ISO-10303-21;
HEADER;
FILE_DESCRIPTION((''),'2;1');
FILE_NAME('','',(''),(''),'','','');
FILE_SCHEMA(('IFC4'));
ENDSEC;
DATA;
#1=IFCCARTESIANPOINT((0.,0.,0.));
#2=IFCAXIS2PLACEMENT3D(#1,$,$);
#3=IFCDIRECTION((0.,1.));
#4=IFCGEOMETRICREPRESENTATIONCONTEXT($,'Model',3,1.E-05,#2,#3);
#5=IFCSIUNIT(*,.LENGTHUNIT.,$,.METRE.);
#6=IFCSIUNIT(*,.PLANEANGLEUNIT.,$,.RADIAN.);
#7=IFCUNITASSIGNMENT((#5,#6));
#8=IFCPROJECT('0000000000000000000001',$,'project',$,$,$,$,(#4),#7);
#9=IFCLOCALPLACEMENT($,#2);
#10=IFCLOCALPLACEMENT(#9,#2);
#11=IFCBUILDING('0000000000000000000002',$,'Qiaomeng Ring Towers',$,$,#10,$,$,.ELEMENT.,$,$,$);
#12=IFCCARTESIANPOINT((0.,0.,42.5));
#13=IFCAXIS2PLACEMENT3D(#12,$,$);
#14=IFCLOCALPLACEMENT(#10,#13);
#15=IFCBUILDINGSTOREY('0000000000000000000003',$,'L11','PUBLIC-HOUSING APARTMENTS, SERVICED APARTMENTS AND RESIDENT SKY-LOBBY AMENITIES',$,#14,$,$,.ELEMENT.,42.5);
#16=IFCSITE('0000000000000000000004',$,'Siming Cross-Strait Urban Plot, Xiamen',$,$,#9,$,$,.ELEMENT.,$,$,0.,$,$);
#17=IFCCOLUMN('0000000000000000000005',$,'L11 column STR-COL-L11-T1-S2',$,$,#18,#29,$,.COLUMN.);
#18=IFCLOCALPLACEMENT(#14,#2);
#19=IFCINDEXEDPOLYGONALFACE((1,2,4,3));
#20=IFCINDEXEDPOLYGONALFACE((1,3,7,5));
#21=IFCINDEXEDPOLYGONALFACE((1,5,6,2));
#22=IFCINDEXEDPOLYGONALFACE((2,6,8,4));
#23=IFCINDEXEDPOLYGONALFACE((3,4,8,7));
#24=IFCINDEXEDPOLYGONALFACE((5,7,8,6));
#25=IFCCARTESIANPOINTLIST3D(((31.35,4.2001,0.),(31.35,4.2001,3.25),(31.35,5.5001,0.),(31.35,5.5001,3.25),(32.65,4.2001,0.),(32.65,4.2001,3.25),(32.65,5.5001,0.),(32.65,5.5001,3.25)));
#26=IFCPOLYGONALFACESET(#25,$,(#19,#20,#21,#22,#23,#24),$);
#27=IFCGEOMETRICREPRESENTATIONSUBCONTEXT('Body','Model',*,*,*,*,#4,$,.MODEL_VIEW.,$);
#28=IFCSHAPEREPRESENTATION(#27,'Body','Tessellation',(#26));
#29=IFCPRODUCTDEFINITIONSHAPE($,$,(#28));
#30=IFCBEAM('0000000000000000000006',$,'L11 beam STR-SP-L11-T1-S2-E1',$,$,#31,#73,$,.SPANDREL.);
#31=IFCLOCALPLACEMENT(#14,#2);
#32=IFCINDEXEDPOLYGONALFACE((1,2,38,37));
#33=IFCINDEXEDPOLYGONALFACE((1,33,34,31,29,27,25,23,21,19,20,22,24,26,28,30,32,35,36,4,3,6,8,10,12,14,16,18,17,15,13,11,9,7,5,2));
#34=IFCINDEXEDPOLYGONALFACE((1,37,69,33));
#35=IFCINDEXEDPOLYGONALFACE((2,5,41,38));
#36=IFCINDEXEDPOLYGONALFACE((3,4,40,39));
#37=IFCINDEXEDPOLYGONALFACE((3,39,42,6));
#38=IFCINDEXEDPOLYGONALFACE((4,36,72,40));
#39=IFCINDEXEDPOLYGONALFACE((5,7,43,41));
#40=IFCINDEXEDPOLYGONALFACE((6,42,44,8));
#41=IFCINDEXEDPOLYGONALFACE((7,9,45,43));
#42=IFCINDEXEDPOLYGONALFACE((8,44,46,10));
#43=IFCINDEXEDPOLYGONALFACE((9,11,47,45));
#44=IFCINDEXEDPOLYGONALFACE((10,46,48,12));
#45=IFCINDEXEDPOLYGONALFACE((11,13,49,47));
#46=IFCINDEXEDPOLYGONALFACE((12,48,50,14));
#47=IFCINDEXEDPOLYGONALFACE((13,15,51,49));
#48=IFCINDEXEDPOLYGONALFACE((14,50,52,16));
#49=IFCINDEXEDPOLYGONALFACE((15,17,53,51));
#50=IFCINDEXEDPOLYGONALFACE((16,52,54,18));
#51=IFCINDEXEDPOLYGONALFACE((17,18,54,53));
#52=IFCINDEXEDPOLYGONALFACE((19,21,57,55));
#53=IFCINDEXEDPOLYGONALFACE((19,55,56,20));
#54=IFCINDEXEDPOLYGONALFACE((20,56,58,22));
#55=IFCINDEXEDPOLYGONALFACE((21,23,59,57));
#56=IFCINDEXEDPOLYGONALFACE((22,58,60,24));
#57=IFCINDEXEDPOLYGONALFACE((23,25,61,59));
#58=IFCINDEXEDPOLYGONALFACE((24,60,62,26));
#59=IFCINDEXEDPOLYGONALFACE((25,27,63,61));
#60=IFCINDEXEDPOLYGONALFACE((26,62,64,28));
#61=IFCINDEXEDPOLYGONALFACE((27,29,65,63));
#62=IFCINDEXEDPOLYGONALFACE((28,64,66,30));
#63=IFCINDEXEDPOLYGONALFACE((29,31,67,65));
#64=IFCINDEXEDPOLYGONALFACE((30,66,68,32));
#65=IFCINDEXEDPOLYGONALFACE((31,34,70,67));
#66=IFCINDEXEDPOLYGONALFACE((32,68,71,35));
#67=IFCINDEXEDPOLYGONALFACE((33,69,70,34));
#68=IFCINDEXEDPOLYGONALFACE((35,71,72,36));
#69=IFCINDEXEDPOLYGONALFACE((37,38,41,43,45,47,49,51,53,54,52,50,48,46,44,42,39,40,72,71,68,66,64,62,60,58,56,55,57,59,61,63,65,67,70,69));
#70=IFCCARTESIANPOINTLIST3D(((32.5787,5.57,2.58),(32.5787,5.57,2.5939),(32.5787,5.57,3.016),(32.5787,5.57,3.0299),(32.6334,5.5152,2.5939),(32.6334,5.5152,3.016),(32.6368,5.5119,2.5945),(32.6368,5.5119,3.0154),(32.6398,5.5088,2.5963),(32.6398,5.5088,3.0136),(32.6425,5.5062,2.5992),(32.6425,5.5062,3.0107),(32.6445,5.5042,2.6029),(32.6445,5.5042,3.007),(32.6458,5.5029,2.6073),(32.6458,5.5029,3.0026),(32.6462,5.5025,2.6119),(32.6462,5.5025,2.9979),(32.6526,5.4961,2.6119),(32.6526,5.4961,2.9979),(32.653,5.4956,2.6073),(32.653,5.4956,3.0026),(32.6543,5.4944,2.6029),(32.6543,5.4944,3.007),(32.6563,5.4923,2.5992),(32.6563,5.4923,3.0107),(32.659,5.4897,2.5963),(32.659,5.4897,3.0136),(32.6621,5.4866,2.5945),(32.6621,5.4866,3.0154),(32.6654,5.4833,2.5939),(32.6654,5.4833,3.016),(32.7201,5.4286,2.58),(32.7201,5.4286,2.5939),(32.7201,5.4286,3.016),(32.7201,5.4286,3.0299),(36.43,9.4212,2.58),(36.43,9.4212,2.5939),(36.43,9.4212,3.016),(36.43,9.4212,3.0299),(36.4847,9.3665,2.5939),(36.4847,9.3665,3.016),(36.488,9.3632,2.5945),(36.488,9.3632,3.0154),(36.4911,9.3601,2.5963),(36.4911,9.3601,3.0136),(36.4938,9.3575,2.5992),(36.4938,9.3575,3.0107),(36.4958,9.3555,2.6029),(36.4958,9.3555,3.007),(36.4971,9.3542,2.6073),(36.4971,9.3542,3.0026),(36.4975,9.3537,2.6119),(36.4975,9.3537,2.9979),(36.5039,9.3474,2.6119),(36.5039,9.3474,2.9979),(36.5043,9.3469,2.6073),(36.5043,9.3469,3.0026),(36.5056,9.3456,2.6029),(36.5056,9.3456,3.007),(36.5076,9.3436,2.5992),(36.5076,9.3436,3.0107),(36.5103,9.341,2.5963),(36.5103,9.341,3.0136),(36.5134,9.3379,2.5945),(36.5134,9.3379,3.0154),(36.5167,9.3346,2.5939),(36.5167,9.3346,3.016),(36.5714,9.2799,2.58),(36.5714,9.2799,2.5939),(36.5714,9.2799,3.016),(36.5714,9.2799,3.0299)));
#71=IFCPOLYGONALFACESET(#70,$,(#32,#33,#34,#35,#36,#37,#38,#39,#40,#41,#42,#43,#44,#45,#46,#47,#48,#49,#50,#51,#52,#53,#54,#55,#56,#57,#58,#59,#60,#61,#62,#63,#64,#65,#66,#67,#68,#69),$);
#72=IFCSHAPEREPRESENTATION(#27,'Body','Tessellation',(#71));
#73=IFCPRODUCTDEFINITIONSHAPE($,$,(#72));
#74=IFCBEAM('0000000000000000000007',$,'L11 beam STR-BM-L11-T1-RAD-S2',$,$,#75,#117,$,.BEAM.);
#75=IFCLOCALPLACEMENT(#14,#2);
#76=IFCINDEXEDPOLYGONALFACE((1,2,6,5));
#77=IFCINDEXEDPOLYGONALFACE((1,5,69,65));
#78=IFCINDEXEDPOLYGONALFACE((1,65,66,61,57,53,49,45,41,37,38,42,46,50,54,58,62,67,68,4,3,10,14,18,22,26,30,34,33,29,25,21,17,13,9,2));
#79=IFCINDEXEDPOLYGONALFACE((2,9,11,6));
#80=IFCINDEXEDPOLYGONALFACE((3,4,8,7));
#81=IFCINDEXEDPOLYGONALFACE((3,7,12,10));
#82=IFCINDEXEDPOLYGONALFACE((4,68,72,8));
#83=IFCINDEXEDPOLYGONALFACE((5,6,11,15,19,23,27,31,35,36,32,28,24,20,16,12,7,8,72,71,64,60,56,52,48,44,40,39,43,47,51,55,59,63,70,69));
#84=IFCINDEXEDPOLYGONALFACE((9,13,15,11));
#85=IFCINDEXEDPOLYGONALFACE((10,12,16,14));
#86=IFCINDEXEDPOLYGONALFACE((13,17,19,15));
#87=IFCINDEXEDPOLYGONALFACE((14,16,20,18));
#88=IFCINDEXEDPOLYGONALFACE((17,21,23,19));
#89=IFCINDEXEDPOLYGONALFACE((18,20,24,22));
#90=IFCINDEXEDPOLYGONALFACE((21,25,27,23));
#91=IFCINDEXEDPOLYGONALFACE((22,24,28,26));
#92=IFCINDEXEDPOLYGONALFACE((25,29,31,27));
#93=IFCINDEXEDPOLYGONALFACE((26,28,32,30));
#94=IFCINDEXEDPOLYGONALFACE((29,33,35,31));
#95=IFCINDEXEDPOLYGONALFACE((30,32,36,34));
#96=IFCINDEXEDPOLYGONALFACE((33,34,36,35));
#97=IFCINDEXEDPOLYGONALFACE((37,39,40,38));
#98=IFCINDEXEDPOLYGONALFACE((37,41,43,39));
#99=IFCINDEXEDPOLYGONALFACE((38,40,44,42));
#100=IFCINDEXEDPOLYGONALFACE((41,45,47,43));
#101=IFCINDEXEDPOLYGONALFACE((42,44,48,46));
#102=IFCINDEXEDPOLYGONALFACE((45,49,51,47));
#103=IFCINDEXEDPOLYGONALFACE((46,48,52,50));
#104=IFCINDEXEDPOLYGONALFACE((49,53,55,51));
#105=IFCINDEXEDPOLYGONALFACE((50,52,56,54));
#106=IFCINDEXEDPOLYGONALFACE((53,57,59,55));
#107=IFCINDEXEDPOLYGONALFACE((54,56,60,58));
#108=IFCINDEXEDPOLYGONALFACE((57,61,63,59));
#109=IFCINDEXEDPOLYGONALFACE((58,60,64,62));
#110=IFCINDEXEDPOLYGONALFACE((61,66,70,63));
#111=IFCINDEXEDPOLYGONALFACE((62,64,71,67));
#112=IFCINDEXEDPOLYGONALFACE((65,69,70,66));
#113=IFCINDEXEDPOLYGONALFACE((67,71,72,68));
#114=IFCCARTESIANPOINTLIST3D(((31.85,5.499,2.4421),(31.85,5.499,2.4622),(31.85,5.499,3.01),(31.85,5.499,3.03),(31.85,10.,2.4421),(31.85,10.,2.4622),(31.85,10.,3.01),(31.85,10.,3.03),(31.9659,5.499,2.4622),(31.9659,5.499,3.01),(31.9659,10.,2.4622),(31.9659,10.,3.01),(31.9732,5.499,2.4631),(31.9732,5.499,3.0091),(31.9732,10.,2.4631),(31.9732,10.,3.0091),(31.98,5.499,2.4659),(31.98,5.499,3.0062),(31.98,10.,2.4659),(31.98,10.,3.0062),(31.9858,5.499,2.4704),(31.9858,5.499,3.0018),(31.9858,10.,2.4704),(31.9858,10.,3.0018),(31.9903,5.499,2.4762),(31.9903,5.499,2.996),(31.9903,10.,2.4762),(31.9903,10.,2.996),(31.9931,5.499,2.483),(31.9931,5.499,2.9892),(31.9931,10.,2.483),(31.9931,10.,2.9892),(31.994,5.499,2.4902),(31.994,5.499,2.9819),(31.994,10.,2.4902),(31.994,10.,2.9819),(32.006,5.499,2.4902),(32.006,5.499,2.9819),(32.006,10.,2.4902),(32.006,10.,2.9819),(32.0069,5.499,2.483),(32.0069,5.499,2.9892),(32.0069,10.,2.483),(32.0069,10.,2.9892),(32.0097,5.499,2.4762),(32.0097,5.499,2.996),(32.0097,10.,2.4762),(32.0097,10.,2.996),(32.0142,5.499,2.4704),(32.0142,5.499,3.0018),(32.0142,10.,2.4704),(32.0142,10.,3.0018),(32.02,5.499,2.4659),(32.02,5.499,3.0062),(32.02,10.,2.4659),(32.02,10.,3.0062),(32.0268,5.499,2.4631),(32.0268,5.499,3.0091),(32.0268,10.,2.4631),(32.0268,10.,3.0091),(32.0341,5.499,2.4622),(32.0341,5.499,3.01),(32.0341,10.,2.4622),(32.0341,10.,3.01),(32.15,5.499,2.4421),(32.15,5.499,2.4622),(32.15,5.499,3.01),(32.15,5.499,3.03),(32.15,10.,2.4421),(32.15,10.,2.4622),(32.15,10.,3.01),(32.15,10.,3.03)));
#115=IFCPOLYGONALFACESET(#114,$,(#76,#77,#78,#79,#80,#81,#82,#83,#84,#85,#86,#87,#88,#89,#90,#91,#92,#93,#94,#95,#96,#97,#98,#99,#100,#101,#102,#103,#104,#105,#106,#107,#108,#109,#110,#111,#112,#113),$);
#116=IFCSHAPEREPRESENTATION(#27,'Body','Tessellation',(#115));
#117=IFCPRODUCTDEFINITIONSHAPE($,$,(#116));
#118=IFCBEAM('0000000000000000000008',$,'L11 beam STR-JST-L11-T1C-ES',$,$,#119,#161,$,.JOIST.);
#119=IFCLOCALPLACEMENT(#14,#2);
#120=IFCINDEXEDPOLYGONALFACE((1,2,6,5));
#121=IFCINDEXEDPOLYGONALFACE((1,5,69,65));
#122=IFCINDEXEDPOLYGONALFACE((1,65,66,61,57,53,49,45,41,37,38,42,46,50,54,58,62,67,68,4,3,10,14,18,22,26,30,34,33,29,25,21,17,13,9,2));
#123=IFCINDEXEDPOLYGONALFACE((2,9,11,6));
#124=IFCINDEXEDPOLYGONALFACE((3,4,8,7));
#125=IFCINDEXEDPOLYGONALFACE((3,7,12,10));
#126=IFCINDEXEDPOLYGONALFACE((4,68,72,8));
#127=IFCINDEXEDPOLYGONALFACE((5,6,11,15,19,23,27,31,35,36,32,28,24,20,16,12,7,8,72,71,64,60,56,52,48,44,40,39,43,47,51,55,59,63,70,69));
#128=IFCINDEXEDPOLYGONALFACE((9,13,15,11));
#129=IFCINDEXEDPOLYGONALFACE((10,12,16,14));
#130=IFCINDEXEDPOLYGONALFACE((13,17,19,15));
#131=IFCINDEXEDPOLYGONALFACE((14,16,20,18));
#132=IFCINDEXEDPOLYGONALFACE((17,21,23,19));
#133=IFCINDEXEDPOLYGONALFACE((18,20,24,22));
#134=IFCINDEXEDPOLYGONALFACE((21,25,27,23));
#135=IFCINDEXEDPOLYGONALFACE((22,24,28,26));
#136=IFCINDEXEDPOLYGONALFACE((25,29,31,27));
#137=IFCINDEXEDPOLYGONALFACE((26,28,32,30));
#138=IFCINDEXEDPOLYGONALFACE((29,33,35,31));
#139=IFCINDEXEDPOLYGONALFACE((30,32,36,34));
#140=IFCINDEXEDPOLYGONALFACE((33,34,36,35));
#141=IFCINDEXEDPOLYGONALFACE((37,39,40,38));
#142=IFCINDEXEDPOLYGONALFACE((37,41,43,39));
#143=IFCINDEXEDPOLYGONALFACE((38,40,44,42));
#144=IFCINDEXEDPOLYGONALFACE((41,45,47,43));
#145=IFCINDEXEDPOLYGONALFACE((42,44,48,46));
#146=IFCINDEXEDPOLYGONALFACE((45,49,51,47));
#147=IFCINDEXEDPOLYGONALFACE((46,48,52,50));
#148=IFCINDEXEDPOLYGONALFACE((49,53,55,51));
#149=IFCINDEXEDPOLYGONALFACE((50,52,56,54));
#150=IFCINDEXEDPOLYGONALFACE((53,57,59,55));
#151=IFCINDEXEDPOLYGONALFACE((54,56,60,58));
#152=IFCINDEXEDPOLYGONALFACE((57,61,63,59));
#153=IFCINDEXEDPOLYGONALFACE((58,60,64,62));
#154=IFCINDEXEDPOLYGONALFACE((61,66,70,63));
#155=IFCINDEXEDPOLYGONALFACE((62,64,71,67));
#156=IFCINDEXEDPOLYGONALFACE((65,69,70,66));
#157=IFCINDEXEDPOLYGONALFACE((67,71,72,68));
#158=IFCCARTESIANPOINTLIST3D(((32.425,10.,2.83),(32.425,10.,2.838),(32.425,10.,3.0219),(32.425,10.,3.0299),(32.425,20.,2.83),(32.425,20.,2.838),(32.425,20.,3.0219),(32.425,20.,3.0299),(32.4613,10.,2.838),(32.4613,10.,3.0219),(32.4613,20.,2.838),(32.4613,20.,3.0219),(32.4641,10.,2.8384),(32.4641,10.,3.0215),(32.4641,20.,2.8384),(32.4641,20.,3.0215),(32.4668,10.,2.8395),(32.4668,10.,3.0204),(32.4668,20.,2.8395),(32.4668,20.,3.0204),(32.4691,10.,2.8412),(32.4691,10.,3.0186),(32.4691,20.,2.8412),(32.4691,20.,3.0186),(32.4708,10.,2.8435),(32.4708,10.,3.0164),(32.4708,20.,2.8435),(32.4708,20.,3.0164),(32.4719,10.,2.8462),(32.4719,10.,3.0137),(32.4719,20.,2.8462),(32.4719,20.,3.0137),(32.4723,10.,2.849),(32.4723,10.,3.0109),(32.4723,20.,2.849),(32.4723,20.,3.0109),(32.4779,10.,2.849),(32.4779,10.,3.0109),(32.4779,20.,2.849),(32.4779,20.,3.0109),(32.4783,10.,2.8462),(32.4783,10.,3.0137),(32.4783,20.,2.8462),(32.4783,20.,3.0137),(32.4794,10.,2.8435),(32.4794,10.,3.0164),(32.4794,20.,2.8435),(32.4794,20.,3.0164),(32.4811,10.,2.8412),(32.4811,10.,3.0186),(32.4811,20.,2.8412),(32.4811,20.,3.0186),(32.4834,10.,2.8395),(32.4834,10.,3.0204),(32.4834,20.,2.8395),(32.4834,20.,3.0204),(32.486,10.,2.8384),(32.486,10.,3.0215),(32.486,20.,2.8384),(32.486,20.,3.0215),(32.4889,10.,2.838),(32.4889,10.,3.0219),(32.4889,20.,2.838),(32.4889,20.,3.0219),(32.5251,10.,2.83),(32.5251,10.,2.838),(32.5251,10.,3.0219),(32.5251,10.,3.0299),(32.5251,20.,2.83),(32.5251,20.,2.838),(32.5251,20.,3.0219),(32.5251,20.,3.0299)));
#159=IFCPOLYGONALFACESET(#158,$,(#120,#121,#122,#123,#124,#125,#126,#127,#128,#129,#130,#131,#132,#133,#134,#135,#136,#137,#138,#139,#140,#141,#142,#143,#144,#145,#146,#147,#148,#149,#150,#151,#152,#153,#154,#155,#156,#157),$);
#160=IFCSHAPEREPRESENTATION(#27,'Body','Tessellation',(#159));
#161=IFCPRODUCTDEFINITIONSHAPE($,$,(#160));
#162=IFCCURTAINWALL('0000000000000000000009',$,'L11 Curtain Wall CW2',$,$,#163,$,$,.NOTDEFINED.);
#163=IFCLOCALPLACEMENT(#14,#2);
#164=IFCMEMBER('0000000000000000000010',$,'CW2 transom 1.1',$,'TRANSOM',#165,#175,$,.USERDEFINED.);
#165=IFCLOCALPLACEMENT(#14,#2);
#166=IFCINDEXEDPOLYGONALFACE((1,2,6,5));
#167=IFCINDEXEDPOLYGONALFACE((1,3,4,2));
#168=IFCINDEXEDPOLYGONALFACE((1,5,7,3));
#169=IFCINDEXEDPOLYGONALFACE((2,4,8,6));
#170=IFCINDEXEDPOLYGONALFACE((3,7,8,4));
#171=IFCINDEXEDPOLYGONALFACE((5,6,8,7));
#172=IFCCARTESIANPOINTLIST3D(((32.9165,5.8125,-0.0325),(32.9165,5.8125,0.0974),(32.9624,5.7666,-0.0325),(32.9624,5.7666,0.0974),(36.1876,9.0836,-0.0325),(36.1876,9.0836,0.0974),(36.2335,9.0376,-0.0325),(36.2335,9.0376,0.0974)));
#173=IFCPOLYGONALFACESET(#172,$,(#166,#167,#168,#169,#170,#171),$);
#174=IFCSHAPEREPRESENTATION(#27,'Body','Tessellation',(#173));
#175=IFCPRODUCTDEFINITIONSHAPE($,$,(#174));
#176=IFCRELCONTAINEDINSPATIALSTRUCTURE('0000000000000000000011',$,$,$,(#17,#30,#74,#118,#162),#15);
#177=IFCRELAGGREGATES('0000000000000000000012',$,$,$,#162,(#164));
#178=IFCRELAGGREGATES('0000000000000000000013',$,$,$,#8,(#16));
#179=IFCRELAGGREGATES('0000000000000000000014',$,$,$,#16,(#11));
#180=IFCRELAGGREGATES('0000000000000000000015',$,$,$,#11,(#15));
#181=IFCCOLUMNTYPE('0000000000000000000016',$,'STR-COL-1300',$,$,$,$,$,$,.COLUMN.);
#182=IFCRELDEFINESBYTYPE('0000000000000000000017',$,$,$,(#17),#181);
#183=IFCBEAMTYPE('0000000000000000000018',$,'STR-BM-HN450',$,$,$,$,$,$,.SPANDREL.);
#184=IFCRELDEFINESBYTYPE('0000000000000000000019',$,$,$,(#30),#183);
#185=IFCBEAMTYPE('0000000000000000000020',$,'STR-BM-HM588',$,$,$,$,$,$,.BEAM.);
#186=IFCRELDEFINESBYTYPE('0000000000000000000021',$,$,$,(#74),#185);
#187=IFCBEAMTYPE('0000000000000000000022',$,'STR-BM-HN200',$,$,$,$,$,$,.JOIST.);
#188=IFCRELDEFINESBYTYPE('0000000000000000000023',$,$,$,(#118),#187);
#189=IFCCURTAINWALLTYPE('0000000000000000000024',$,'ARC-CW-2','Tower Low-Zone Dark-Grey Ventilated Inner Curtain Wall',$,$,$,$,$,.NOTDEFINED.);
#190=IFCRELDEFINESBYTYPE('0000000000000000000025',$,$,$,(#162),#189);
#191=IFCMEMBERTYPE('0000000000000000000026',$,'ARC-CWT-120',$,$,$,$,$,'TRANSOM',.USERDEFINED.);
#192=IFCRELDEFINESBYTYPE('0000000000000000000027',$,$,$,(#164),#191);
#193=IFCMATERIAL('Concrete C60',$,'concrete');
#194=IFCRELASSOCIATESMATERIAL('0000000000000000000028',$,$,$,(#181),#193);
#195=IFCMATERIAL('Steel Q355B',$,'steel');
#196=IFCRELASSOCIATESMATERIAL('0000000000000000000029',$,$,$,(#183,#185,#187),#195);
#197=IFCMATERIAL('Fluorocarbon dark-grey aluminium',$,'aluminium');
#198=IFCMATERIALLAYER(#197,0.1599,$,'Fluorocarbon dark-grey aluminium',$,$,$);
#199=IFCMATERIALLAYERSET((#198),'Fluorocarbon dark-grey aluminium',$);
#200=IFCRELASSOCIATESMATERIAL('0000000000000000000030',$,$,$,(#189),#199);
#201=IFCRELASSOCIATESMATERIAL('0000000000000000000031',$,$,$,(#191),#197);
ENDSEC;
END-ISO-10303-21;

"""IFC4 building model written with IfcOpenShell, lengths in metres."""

from ifc_helpers import new_model, si_unit, direction, frame, origin, origin_2d, place, context, subcontext, project, spatial, rectangle, i_section, extrude, source, transform, mapped, material, layer, layer_set, material_profile, profile_set, type_object, element, aggregate, save


model = new_model("IFC4")

# Units and contexts
model_context = context("Model", 3, precision=1e-05, world=origin(), true_north=direction((0.0, 1.0)))
body_context = subcontext(model_context, "Body", "Model", "MODEL_VIEW")
ifc_project = project(units=[si_unit("LENGTHUNIT", "METRE"), si_unit("PLANEANGLEUNIT", "RADIAN")], contexts=[model_context])

# Site, building, storey
site_placement = place(None, origin())
site = spatial("IfcSite", under=ifc_project, at=site_placement, Name="Siming Cross-Strait Urban Plot, Xiamen", CompositionType="ELEMENT", RefElevation=0.0)
building_placement = place(site_placement, origin())
building = spatial("IfcBuilding", under=site, at=building_placement, Name="Qiaomeng Ring Towers", CompositionType="ELEMENT")
storey_placement = place(building_placement, frame((0.0, 0.0, 42.5)))
storey = spatial("IfcBuildingStorey", under=building, at=storey_placement, Name="L11", Description="PUBLIC-HOUSING APARTMENTS, SERVICED APARTMENTS AND RESIDENT SKY-LOBBY AMENITIES", CompositionType="ELEMENT", Elevation=42.5)

# Column
ifc_material_1 = material(Name="Concrete C60", Category="concrete")
ifc_material_profile_1 = material_profile(ifc_material_1, rectangle(XDim=1.3, YDim=1.3, at=origin_2d()), Name="RC COL 1300x1300")
ifc_profile_set_1 = profile_set([ifc_material_profile_1], Name="Concrete C60")
column_type = type_object("IfcColumnType", Name="STR-COL-1300", PredefinedType="COLUMN", material=ifc_profile_set_1)
shared_shape_1 = source(origin(), body_context, "Body", "SweptSolid", [
    extrude(rectangle(XDim=1.3, YDim=1.3, at=origin_2d()), origin(), (0.0, 0.0, 1.0), 3.25),
])
column_placement = place(storey_placement, frame((32.0, 4.8501, 0.0), z_axis=(0.0, 0.0, 1.0), x_axis=(1.0, 0.0, 0.0)))
element("IfcColumn", 1, at=column_placement, inside=storey, type_object=column_type, Name="L11 column STR-COL-L11-T1-S2", PredefinedType="COLUMN", context=body_context, shape_type="MappedRepresentation", body=[
    mapped(shared_shape_1, transform((0.0, 0.0, 0.0), x_axis=(1.0, 0.0, 0.0), y_axis=(0.0, 1.0, 0.0), z_axis=(0.0, 0.0, 1.0), scale=1.0)),
])

# Beams
ifc_material_2 = material(Name="Steel Q355B", Category="steel")
ifc_material_profile_2 = material_profile(ifc_material_2, i_section(OverallWidth=0.2, OverallDepth=0.45, WebThickness=0.009, FlangeThickness=0.0139, FilletRadius=0.0181, at=origin_2d()), Name="HN 450x200x9x14")
ifc_profile_set_2 = profile_set([ifc_material_profile_2], Name="Steel Q355B")
beam_type_1 = type_object("IfcBeamType", Name="STR-BM-HN450", PredefinedType="SPANDREL", material=ifc_profile_set_2)
shared_shape_2 = source(origin(), body_context, "Body", "SweptSolid", [
    extrude(i_section(OverallWidth=0.2, OverallDepth=0.45, WebThickness=0.009, FlangeThickness=0.0139, FilletRadius=0.0181, at=origin_2d()), origin(), (0.0, 0.0, 1.0), 5.4465),
])
beam_1_placement = place(storey_placement, frame((32.6494, 5.4993, 2.8049), z_axis=(0.707107, 0.707107, 0.0), x_axis=(-0.707107, 0.707107, 0.0)))
element("IfcBeam", 2, at=beam_1_placement, inside=storey, type_object=beam_type_1, Name="L11 beam STR-SP-L11-T1-S2-E1", PredefinedType="SPANDREL", context=body_context, shape_type="MappedRepresentation", body=[
    mapped(shared_shape_2, transform((0.0, 0.0, 0.0), x_axis=(1.0, 0.0, 0.0), y_axis=(0.0, 1.0, 0.0), z_axis=(0.0, 0.0, 1.0), scale=1.0)),
])
ifc_material_profile_3 = material_profile(ifc_material_2, i_section(OverallWidth=0.3, OverallDepth=0.5879, WebThickness=0.012, FlangeThickness=0.02, FilletRadius=0.0281, at=origin_2d()), Name="HM 588x300x12x20")
ifc_profile_set_3 = profile_set([ifc_material_profile_3], Name="Steel Q355B")
beam_type_2 = type_object("IfcBeamType", Name="STR-BM-HM588", PredefinedType="BEAM", material=ifc_profile_set_3)
shared_shape_3 = source(origin(), body_context, "Body", "SweptSolid", [
    extrude(i_section(OverallWidth=0.3, OverallDepth=0.5879, WebThickness=0.012, FlangeThickness=0.02, FilletRadius=0.0281, at=origin_2d()), origin(), (0.0, 0.0, 1.0), 4.501),
])
beam_2_placement = place(storey_placement, frame((32.0, 5.499, 2.7361), z_axis=(0.0, 1.0, 0.0), x_axis=(-1.0, 0.0, 0.0)))
element("IfcBeam", 3, at=beam_2_placement, inside=storey, type_object=beam_type_2, Name="L11 beam STR-BM-L11-T1-RAD-S2", PredefinedType="BEAM", context=body_context, shape_type="MappedRepresentation", body=[
    mapped(shared_shape_3, transform((0.0, 0.0, 0.0), x_axis=(1.0, 0.0, 0.0), y_axis=(0.0, 1.0, 0.0), z_axis=(0.0, 0.0, 1.0), scale=1.0)),
])
ifc_material_profile_4 = material_profile(ifc_material_2, i_section(OverallWidth=0.1001, OverallDepth=0.2, WebThickness=0.0056, FlangeThickness=0.0081, FilletRadius=0.011, at=origin_2d()), Name="HN 200x100x5.5x8")
ifc_profile_set_4 = profile_set([ifc_material_profile_4], Name="Steel Q355B")
beam_type_3 = type_object("IfcBeamType", Name="STR-BM-HN200", PredefinedType="JOIST", material=ifc_profile_set_4)
shared_shape_4 = source(origin(), body_context, "Body", "SweptSolid", [
    extrude(i_section(OverallWidth=0.1001, OverallDepth=0.2, WebThickness=0.0056, FlangeThickness=0.0081, FilletRadius=0.011, at=origin_2d()), origin(), (0.0, 0.0, 1.0), 10.0),
])
beam_3_placement = place(storey_placement, frame((32.4751, 10.0, 2.9299), z_axis=(0.0, 1.0, 0.0), x_axis=(-1.0, 0.0, 0.0)))
element("IfcBeam", 4, at=beam_3_placement, inside=storey, type_object=beam_type_3, Name="L11 beam STR-JST-L11-T1C-ES", PredefinedType="JOIST", context=body_context, shape_type="MappedRepresentation", body=[
    mapped(shared_shape_4, transform((0.0, 0.0, 0.0), x_axis=(1.0, 0.0, 0.0), y_axis=(0.0, 1.0, 0.0), z_axis=(0.0, 0.0, 1.0), scale=1.0)),
])

# Curtain wall, member
ifc_material_3 = material(Name="Fluorocarbon dark-grey aluminium", Category="aluminium")
ifc_layer_1 = layer(ifc_material_3, 0.1599, Name="Fluorocarbon dark-grey aluminium")
ifc_layer_set_1 = layer_set([ifc_layer_1], Name="Fluorocarbon dark-grey aluminium")
curtain_wall_type = type_object("IfcCurtainWallType", Name="ARC-CW-2", Description="Tower Low-Zone Dark-Grey Ventilated Inner Curtain Wall", PredefinedType="NOTDEFINED", material=ifc_layer_set_1)
curtain_wall_placement = place(storey_placement, origin())
curtain_wall = element("IfcCurtainWall", 5, at=curtain_wall_placement, inside=storey, type_object=curtain_wall_type, Name="L11 Curtain Wall CW2", PredefinedType="NOTDEFINED")
ifc_material_profile_5 = material_profile(ifc_material_3, rectangle(XDim=0.0649, YDim=0.1299, at=origin_2d()), Name="ALU TRAN 65x130")
ifc_profile_set_5 = profile_set([ifc_material_profile_5], Name="Fluorocarbon dark-grey aluminium")
member_type_1 = type_object("IfcMemberType", Name="ARC-CWT-120", ElementType="TRANSOM", PredefinedType="USERDEFINED", material=ifc_profile_set_5)
shared_shape_5 = source(origin(), body_context, "Body", "SweptSolid", [
    extrude(rectangle(XDim=0.0649, YDim=0.1299, at=origin_2d()), origin(), (0.0, 0.0, 1.0), 4.626),
])
member_1_placement = place(storey_placement, frame((32.9395, 5.7896, 0.0325), z_axis=(0.707107, 0.707107, 0.0), x_axis=(-0.707107, 0.707107, 0.0)))
member_1 = element("IfcMember", 6, at=member_1_placement, type_object=member_type_1, Name="CW2 transom 1.1", ObjectType="TRANSOM", PredefinedType="USERDEFINED", context=body_context, shape_type="MappedRepresentation", body=[
    mapped(shared_shape_5, transform((0.0, 0.0, 0.0), x_axis=(1.0, 0.0, 0.0), y_axis=(0.0, 1.0, 0.0), z_axis=(0.0, 0.0, 1.0), scale=1.0)),
])
aggregate(curtain_wall, [member_1])

save(model, "model.ifc")
